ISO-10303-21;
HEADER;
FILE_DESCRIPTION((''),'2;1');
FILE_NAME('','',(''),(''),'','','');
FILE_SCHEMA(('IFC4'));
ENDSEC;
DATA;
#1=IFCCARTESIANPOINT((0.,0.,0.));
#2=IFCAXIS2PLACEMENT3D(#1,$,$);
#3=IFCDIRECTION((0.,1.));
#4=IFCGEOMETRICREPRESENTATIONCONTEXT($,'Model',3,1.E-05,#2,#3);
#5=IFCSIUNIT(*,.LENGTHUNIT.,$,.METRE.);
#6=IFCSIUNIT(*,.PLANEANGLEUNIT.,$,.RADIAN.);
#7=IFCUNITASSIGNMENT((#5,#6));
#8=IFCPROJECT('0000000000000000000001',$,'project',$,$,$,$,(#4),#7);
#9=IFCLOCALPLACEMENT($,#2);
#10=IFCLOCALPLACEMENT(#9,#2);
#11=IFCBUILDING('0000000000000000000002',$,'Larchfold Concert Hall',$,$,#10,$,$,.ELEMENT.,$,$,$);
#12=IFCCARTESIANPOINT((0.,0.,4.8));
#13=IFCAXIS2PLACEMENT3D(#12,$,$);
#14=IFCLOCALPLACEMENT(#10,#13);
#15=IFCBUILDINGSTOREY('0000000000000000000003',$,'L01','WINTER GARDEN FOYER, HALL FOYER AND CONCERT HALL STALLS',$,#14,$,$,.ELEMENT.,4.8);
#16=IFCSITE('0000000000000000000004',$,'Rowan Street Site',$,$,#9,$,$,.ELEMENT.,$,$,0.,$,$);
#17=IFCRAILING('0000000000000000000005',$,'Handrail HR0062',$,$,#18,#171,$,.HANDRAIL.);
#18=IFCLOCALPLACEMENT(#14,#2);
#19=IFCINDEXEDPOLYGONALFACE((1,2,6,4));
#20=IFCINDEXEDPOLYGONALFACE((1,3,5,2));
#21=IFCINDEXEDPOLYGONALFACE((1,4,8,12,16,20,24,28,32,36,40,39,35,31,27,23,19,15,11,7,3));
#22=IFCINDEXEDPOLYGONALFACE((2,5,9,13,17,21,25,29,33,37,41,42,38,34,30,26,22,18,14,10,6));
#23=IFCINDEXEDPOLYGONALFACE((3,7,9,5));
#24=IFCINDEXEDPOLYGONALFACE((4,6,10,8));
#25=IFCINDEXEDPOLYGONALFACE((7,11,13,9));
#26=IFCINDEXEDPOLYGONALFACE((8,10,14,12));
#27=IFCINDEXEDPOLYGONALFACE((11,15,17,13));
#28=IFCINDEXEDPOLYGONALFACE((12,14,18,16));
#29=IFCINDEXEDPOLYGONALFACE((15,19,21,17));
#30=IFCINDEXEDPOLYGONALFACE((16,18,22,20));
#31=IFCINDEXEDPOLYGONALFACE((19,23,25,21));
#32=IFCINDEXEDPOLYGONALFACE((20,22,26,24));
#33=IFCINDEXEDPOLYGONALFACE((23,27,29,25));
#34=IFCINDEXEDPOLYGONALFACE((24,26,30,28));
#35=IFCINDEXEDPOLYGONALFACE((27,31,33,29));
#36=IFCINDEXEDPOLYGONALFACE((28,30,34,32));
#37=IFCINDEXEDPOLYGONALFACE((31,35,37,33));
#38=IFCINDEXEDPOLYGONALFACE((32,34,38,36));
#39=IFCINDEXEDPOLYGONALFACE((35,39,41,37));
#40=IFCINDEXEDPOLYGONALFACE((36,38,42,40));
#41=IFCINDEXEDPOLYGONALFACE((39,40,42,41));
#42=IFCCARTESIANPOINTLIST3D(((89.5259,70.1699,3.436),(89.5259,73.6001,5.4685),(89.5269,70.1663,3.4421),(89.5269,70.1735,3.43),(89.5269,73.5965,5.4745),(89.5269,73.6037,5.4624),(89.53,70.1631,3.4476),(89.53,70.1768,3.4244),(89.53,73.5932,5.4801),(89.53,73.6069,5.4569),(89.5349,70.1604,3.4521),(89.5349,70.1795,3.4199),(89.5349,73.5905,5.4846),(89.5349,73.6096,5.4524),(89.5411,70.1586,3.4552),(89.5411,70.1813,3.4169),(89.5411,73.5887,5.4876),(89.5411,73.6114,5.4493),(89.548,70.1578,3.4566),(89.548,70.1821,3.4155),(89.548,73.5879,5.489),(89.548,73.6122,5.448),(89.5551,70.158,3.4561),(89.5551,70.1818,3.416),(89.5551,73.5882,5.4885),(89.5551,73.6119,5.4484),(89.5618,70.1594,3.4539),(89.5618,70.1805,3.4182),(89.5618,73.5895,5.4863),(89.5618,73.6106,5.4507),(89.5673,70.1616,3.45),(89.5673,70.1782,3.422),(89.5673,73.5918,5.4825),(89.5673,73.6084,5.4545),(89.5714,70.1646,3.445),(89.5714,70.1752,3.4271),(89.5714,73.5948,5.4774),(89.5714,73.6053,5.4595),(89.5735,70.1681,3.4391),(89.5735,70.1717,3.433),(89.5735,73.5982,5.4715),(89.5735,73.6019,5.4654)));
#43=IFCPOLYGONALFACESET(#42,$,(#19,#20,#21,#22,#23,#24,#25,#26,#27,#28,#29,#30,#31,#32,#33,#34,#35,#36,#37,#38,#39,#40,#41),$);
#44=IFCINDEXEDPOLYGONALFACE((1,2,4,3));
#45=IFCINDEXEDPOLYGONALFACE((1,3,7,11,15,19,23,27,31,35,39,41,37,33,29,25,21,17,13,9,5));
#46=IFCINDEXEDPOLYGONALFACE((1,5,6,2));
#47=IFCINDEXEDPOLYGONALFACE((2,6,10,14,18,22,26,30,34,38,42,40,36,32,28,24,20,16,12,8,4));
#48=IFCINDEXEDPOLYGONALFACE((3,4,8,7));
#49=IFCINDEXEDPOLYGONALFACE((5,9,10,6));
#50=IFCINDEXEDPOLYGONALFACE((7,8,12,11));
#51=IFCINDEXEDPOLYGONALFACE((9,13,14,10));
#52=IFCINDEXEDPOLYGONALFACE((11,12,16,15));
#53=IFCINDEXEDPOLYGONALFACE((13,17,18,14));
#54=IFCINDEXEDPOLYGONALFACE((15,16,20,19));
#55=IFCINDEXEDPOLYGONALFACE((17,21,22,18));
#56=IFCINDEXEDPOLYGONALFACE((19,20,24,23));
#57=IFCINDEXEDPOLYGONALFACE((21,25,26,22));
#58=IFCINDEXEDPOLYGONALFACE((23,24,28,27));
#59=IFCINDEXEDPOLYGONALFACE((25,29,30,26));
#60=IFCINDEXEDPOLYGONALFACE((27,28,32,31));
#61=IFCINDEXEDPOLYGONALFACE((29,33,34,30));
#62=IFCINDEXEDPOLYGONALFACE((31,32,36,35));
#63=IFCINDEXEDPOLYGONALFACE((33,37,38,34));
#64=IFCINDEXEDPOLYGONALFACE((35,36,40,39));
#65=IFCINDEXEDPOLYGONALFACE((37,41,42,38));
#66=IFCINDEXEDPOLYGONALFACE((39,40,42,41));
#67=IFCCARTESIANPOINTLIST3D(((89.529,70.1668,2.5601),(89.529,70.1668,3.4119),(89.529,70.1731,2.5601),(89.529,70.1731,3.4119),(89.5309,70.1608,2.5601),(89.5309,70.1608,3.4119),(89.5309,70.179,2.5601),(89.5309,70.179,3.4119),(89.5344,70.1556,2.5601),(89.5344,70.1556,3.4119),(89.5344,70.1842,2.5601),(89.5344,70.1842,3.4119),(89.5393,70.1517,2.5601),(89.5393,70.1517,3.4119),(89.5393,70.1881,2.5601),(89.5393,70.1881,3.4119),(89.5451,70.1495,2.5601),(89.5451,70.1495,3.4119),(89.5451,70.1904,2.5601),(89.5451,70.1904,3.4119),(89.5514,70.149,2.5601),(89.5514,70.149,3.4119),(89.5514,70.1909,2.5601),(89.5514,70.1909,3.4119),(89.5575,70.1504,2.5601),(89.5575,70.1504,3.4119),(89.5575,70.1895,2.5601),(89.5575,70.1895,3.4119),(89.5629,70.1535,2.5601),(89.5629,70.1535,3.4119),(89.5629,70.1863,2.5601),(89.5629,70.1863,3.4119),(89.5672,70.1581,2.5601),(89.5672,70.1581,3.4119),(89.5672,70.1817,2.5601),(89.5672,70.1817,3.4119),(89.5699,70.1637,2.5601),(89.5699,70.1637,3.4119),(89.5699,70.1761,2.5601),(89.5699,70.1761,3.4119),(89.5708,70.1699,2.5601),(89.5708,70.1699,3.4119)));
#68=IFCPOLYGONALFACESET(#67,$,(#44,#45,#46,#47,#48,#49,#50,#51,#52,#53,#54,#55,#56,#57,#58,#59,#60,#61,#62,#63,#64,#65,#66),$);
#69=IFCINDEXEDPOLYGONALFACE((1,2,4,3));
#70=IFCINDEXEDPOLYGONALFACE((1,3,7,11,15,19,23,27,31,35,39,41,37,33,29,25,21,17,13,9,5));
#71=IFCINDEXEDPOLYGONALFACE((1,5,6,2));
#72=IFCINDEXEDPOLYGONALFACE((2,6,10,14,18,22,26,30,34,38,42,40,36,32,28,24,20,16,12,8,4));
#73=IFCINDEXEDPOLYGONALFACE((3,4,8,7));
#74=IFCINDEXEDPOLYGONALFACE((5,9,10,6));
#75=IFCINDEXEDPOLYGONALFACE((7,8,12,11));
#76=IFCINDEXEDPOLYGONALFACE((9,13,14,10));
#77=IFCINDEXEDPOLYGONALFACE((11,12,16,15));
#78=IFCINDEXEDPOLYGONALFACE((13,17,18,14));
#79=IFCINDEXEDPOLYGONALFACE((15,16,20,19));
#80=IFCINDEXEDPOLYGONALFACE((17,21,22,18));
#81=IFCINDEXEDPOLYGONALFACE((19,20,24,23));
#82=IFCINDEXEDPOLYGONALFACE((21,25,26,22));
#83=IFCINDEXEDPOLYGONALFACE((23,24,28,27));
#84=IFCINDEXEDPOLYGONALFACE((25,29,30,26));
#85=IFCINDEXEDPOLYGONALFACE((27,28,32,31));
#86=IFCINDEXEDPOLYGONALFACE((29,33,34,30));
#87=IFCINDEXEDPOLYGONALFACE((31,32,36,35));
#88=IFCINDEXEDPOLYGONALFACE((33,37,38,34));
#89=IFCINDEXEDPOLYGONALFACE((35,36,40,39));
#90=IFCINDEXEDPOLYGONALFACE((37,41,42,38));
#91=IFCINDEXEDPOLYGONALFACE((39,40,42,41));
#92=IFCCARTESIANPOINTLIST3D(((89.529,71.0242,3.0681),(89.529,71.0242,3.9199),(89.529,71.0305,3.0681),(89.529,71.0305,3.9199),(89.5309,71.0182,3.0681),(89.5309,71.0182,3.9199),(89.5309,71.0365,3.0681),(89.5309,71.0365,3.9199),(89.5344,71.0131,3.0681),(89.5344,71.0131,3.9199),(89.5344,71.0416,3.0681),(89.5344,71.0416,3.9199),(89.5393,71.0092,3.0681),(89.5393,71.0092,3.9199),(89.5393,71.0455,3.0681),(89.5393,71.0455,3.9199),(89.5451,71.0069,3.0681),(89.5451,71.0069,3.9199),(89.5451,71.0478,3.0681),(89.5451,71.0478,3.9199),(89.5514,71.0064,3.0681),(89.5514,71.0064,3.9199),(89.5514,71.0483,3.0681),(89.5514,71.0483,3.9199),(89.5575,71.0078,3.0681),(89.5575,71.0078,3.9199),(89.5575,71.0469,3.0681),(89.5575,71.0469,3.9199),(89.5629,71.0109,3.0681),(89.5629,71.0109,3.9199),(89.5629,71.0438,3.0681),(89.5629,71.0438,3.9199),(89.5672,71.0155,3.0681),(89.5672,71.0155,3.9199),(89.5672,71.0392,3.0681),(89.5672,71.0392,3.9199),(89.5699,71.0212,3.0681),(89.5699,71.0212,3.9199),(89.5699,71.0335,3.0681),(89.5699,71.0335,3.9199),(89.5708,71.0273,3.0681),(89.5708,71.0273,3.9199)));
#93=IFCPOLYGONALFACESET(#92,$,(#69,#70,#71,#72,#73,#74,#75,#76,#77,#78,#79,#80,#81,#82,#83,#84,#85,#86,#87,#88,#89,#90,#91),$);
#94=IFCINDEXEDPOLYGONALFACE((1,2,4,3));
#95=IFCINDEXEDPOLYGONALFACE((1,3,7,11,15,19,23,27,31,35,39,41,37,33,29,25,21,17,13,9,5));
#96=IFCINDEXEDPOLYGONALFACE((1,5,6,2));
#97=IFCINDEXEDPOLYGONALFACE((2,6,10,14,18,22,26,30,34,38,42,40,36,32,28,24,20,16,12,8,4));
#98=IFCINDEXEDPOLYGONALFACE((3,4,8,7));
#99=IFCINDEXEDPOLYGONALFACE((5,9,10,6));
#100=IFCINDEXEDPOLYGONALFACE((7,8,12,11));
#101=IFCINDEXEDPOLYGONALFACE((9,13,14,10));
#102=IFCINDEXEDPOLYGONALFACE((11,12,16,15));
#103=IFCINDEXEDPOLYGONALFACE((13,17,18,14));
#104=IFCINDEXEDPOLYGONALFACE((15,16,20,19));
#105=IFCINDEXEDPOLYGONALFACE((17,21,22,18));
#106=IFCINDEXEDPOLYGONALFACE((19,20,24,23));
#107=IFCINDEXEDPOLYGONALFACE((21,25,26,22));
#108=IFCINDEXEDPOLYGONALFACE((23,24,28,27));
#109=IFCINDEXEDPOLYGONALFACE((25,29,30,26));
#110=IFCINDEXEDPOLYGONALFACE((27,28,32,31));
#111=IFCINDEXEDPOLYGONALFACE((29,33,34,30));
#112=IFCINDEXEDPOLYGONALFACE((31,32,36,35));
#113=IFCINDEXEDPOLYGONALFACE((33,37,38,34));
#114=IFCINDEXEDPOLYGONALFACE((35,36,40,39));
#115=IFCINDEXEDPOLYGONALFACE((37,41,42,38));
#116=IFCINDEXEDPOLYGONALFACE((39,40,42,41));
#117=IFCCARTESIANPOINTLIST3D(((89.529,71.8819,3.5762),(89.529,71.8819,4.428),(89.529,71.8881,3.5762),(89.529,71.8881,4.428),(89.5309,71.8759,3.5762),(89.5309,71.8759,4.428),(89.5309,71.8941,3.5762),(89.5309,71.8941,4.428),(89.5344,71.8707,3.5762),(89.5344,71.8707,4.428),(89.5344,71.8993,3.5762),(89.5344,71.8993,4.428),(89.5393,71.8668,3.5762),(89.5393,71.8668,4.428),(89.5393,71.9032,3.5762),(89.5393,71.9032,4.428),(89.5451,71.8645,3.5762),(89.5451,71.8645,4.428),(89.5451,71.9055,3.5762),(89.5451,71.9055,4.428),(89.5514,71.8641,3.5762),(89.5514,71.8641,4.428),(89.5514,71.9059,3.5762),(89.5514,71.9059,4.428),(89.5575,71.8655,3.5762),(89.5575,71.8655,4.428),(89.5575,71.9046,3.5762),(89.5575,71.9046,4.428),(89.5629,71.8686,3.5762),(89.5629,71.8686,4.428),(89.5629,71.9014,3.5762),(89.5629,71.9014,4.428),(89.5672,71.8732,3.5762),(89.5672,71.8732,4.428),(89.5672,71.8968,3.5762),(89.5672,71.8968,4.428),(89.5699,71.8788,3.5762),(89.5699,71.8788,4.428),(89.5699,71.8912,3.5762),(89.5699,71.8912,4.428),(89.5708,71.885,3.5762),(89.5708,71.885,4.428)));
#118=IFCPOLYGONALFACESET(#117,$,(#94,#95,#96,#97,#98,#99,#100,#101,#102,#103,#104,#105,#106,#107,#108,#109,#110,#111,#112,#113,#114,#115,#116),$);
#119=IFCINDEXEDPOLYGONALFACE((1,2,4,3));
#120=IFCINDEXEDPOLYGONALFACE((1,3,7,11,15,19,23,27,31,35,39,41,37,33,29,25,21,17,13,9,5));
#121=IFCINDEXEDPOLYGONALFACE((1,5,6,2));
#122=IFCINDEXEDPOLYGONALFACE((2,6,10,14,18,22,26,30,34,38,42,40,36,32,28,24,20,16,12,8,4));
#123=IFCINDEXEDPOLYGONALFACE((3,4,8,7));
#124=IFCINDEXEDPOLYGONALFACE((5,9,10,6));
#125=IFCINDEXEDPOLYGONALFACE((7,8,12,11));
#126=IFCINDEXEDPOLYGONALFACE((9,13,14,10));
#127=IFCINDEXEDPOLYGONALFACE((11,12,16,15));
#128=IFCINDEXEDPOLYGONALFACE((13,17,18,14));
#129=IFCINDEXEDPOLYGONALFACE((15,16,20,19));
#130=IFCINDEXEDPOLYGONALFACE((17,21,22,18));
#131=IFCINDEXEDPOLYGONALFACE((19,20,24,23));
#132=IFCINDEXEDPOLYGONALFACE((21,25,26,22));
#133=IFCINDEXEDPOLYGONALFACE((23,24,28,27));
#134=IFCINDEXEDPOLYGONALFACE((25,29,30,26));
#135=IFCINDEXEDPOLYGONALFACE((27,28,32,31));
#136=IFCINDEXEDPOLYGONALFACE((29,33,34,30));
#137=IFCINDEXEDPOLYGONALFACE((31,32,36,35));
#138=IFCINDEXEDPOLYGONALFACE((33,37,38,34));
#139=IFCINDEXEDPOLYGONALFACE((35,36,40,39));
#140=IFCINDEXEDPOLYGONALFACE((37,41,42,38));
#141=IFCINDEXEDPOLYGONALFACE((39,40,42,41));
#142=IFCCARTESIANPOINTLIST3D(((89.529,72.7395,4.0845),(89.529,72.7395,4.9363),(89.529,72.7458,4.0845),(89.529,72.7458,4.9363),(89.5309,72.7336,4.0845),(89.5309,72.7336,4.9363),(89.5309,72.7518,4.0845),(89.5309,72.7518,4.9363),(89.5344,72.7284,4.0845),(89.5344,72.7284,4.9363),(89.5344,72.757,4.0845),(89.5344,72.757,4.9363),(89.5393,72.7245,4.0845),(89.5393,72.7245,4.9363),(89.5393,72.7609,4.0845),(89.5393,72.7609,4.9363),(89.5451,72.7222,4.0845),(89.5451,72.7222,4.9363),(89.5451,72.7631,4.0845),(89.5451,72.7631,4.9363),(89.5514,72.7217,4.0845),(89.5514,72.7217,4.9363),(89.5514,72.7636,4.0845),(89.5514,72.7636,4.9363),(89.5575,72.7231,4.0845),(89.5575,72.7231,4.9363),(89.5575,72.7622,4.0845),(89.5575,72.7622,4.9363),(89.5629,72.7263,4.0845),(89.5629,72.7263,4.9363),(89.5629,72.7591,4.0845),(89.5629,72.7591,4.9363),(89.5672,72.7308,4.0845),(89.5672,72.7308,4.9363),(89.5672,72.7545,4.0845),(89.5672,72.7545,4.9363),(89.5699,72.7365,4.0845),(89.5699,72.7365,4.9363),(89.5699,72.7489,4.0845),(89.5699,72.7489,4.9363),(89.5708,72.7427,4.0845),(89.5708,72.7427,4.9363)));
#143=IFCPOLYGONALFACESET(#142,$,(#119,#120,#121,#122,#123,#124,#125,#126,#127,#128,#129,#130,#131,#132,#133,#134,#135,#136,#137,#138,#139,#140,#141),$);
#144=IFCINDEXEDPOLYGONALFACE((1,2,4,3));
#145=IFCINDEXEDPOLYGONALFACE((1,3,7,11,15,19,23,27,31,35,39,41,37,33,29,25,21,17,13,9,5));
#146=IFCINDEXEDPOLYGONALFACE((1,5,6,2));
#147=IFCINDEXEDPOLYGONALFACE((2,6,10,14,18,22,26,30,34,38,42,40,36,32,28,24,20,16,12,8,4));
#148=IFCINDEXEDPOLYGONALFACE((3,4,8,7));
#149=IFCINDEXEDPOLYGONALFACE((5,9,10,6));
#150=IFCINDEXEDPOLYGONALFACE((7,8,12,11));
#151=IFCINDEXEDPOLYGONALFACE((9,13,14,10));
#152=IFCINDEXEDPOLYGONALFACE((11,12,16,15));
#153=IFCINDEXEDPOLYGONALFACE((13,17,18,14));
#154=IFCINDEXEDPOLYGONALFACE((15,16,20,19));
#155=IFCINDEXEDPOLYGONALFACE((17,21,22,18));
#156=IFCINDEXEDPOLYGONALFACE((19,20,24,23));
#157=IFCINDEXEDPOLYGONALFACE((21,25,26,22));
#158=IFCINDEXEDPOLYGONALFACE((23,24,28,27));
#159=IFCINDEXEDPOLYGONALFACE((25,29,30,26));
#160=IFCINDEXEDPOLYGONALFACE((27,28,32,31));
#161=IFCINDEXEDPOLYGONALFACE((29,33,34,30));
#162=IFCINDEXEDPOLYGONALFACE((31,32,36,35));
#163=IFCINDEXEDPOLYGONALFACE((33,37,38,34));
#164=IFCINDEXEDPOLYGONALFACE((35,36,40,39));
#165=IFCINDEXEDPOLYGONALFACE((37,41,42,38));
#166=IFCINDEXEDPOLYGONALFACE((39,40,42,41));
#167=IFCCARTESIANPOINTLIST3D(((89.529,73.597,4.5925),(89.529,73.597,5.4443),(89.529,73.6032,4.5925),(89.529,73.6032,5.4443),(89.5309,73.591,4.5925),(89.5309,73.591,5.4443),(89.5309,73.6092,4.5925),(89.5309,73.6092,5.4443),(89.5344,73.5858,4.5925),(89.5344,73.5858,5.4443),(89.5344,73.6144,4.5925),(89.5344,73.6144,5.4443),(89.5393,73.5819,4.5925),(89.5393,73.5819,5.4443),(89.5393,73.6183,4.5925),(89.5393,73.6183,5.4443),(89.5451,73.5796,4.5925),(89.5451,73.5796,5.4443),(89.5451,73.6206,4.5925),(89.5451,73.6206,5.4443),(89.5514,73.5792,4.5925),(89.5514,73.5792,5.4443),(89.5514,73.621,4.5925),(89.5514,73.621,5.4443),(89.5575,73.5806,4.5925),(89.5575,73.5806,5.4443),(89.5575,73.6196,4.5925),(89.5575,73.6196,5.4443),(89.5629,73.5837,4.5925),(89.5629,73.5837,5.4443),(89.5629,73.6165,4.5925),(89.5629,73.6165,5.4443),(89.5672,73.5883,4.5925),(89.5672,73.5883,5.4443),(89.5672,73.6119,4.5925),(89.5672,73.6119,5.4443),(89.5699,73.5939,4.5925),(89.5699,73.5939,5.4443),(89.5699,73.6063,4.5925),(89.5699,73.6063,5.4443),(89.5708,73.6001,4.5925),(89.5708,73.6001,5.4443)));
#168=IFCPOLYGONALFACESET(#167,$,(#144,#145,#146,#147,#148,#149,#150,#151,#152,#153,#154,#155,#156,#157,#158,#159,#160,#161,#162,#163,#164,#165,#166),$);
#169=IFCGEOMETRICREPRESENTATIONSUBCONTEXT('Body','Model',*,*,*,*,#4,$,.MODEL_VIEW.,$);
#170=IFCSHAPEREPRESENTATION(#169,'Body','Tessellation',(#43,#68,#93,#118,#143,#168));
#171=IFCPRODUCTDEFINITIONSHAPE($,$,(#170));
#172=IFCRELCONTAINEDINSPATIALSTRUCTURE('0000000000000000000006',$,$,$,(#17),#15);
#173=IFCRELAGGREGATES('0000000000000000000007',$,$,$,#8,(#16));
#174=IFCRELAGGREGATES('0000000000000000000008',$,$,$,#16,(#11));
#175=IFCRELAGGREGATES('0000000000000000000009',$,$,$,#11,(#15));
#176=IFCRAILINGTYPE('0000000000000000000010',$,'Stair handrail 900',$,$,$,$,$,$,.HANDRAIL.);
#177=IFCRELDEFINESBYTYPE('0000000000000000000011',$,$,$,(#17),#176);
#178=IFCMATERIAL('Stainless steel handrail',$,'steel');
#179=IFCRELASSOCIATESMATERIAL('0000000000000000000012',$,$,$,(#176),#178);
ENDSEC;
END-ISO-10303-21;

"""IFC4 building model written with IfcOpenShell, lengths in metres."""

from ifc_helpers import new_model, si_unit, direction, frame, origin, origin_2d, place, context, subcontext, project, spatial, circle, extrude, material, type_object, element, save


model = new_model("IFC4")

# Units and contexts
model_context = context("Model", 3, precision=1e-05, world=origin(), true_north=direction((0.0, 1.0)))
body_context = subcontext(model_context, "Body", "Model", "MODEL_VIEW")
ifc_project = project(units=[si_unit("LENGTHUNIT", "METRE"), si_unit("PLANEANGLEUNIT", "RADIAN")], contexts=[model_context])

# Site, building, storey
site_placement = place(None, origin())
site = spatial("IfcSite", under=ifc_project, at=site_placement, Name="Rowan Street Site", CompositionType="ELEMENT", RefElevation=0.0)
building_placement = place(site_placement, origin())
building = spatial("IfcBuilding", under=site, at=building_placement, Name="Larchfold Concert Hall", CompositionType="ELEMENT")
storey_placement = place(building_placement, frame((0.0, 0.0, 4.8)))
storey = spatial("IfcBuildingStorey", under=building, at=storey_placement, Name="L01", Description="WINTER GARDEN FOYER, HALL FOYER AND CONCERT HALL STALLS", CompositionType="ELEMENT", Elevation=4.8)

# Railing
ifc_material_1 = material(Name="Stainless steel handrail", Category="steel")
railing_type_1 = type_object("IfcRailingType", Name="Stair handrail 900", PredefinedType="HANDRAIL", material=ifc_material_1)
railing_1_placement = place(storey_placement, frame((89.5498, 70.1699, 2.5601)))
element("IfcRailing", 1, at=railing_1_placement, inside=storey, type_object=railing_type_1, Name="Handrail HR0062", PredefinedType="HANDRAIL", context=body_context, shape_type="SweptSolid", body=[
    extrude(circle(Radius=0.0239, at=origin_2d()), frame((0.0, 0.0, 0.876), z_axis=(0.0, 0.860316, 0.50976), x_axis=(-1.0, 0.0, 0.0)), (0.0, 0.0, 1.0), 3.9871),
    extrude(circle(Radius=0.021, at=origin_2d()), origin(), (0.0, 0.0, 1.0), 0.8518),
    extrude(circle(Radius=0.021, at=origin_2d()), frame((0.0, 0.8574, 0.5081)), (0.0, 0.0, 1.0), 0.8518),
    extrude(circle(Radius=0.021, at=origin_2d()), frame((0.0, 1.7151, 1.0161)), (0.0, 0.0, 1.0), 0.8518),
    extrude(circle(Radius=0.021, at=origin_2d()), frame((0.0, 2.5728, 1.5244)), (0.0, 0.0, 1.0), 0.8518),
    extrude(circle(Radius=0.021, at=origin_2d()), frame((0.0, 3.4302, 2.0325)), (0.0, 0.0, 1.0), 0.8518),
])

save(model, "model.ifc")
